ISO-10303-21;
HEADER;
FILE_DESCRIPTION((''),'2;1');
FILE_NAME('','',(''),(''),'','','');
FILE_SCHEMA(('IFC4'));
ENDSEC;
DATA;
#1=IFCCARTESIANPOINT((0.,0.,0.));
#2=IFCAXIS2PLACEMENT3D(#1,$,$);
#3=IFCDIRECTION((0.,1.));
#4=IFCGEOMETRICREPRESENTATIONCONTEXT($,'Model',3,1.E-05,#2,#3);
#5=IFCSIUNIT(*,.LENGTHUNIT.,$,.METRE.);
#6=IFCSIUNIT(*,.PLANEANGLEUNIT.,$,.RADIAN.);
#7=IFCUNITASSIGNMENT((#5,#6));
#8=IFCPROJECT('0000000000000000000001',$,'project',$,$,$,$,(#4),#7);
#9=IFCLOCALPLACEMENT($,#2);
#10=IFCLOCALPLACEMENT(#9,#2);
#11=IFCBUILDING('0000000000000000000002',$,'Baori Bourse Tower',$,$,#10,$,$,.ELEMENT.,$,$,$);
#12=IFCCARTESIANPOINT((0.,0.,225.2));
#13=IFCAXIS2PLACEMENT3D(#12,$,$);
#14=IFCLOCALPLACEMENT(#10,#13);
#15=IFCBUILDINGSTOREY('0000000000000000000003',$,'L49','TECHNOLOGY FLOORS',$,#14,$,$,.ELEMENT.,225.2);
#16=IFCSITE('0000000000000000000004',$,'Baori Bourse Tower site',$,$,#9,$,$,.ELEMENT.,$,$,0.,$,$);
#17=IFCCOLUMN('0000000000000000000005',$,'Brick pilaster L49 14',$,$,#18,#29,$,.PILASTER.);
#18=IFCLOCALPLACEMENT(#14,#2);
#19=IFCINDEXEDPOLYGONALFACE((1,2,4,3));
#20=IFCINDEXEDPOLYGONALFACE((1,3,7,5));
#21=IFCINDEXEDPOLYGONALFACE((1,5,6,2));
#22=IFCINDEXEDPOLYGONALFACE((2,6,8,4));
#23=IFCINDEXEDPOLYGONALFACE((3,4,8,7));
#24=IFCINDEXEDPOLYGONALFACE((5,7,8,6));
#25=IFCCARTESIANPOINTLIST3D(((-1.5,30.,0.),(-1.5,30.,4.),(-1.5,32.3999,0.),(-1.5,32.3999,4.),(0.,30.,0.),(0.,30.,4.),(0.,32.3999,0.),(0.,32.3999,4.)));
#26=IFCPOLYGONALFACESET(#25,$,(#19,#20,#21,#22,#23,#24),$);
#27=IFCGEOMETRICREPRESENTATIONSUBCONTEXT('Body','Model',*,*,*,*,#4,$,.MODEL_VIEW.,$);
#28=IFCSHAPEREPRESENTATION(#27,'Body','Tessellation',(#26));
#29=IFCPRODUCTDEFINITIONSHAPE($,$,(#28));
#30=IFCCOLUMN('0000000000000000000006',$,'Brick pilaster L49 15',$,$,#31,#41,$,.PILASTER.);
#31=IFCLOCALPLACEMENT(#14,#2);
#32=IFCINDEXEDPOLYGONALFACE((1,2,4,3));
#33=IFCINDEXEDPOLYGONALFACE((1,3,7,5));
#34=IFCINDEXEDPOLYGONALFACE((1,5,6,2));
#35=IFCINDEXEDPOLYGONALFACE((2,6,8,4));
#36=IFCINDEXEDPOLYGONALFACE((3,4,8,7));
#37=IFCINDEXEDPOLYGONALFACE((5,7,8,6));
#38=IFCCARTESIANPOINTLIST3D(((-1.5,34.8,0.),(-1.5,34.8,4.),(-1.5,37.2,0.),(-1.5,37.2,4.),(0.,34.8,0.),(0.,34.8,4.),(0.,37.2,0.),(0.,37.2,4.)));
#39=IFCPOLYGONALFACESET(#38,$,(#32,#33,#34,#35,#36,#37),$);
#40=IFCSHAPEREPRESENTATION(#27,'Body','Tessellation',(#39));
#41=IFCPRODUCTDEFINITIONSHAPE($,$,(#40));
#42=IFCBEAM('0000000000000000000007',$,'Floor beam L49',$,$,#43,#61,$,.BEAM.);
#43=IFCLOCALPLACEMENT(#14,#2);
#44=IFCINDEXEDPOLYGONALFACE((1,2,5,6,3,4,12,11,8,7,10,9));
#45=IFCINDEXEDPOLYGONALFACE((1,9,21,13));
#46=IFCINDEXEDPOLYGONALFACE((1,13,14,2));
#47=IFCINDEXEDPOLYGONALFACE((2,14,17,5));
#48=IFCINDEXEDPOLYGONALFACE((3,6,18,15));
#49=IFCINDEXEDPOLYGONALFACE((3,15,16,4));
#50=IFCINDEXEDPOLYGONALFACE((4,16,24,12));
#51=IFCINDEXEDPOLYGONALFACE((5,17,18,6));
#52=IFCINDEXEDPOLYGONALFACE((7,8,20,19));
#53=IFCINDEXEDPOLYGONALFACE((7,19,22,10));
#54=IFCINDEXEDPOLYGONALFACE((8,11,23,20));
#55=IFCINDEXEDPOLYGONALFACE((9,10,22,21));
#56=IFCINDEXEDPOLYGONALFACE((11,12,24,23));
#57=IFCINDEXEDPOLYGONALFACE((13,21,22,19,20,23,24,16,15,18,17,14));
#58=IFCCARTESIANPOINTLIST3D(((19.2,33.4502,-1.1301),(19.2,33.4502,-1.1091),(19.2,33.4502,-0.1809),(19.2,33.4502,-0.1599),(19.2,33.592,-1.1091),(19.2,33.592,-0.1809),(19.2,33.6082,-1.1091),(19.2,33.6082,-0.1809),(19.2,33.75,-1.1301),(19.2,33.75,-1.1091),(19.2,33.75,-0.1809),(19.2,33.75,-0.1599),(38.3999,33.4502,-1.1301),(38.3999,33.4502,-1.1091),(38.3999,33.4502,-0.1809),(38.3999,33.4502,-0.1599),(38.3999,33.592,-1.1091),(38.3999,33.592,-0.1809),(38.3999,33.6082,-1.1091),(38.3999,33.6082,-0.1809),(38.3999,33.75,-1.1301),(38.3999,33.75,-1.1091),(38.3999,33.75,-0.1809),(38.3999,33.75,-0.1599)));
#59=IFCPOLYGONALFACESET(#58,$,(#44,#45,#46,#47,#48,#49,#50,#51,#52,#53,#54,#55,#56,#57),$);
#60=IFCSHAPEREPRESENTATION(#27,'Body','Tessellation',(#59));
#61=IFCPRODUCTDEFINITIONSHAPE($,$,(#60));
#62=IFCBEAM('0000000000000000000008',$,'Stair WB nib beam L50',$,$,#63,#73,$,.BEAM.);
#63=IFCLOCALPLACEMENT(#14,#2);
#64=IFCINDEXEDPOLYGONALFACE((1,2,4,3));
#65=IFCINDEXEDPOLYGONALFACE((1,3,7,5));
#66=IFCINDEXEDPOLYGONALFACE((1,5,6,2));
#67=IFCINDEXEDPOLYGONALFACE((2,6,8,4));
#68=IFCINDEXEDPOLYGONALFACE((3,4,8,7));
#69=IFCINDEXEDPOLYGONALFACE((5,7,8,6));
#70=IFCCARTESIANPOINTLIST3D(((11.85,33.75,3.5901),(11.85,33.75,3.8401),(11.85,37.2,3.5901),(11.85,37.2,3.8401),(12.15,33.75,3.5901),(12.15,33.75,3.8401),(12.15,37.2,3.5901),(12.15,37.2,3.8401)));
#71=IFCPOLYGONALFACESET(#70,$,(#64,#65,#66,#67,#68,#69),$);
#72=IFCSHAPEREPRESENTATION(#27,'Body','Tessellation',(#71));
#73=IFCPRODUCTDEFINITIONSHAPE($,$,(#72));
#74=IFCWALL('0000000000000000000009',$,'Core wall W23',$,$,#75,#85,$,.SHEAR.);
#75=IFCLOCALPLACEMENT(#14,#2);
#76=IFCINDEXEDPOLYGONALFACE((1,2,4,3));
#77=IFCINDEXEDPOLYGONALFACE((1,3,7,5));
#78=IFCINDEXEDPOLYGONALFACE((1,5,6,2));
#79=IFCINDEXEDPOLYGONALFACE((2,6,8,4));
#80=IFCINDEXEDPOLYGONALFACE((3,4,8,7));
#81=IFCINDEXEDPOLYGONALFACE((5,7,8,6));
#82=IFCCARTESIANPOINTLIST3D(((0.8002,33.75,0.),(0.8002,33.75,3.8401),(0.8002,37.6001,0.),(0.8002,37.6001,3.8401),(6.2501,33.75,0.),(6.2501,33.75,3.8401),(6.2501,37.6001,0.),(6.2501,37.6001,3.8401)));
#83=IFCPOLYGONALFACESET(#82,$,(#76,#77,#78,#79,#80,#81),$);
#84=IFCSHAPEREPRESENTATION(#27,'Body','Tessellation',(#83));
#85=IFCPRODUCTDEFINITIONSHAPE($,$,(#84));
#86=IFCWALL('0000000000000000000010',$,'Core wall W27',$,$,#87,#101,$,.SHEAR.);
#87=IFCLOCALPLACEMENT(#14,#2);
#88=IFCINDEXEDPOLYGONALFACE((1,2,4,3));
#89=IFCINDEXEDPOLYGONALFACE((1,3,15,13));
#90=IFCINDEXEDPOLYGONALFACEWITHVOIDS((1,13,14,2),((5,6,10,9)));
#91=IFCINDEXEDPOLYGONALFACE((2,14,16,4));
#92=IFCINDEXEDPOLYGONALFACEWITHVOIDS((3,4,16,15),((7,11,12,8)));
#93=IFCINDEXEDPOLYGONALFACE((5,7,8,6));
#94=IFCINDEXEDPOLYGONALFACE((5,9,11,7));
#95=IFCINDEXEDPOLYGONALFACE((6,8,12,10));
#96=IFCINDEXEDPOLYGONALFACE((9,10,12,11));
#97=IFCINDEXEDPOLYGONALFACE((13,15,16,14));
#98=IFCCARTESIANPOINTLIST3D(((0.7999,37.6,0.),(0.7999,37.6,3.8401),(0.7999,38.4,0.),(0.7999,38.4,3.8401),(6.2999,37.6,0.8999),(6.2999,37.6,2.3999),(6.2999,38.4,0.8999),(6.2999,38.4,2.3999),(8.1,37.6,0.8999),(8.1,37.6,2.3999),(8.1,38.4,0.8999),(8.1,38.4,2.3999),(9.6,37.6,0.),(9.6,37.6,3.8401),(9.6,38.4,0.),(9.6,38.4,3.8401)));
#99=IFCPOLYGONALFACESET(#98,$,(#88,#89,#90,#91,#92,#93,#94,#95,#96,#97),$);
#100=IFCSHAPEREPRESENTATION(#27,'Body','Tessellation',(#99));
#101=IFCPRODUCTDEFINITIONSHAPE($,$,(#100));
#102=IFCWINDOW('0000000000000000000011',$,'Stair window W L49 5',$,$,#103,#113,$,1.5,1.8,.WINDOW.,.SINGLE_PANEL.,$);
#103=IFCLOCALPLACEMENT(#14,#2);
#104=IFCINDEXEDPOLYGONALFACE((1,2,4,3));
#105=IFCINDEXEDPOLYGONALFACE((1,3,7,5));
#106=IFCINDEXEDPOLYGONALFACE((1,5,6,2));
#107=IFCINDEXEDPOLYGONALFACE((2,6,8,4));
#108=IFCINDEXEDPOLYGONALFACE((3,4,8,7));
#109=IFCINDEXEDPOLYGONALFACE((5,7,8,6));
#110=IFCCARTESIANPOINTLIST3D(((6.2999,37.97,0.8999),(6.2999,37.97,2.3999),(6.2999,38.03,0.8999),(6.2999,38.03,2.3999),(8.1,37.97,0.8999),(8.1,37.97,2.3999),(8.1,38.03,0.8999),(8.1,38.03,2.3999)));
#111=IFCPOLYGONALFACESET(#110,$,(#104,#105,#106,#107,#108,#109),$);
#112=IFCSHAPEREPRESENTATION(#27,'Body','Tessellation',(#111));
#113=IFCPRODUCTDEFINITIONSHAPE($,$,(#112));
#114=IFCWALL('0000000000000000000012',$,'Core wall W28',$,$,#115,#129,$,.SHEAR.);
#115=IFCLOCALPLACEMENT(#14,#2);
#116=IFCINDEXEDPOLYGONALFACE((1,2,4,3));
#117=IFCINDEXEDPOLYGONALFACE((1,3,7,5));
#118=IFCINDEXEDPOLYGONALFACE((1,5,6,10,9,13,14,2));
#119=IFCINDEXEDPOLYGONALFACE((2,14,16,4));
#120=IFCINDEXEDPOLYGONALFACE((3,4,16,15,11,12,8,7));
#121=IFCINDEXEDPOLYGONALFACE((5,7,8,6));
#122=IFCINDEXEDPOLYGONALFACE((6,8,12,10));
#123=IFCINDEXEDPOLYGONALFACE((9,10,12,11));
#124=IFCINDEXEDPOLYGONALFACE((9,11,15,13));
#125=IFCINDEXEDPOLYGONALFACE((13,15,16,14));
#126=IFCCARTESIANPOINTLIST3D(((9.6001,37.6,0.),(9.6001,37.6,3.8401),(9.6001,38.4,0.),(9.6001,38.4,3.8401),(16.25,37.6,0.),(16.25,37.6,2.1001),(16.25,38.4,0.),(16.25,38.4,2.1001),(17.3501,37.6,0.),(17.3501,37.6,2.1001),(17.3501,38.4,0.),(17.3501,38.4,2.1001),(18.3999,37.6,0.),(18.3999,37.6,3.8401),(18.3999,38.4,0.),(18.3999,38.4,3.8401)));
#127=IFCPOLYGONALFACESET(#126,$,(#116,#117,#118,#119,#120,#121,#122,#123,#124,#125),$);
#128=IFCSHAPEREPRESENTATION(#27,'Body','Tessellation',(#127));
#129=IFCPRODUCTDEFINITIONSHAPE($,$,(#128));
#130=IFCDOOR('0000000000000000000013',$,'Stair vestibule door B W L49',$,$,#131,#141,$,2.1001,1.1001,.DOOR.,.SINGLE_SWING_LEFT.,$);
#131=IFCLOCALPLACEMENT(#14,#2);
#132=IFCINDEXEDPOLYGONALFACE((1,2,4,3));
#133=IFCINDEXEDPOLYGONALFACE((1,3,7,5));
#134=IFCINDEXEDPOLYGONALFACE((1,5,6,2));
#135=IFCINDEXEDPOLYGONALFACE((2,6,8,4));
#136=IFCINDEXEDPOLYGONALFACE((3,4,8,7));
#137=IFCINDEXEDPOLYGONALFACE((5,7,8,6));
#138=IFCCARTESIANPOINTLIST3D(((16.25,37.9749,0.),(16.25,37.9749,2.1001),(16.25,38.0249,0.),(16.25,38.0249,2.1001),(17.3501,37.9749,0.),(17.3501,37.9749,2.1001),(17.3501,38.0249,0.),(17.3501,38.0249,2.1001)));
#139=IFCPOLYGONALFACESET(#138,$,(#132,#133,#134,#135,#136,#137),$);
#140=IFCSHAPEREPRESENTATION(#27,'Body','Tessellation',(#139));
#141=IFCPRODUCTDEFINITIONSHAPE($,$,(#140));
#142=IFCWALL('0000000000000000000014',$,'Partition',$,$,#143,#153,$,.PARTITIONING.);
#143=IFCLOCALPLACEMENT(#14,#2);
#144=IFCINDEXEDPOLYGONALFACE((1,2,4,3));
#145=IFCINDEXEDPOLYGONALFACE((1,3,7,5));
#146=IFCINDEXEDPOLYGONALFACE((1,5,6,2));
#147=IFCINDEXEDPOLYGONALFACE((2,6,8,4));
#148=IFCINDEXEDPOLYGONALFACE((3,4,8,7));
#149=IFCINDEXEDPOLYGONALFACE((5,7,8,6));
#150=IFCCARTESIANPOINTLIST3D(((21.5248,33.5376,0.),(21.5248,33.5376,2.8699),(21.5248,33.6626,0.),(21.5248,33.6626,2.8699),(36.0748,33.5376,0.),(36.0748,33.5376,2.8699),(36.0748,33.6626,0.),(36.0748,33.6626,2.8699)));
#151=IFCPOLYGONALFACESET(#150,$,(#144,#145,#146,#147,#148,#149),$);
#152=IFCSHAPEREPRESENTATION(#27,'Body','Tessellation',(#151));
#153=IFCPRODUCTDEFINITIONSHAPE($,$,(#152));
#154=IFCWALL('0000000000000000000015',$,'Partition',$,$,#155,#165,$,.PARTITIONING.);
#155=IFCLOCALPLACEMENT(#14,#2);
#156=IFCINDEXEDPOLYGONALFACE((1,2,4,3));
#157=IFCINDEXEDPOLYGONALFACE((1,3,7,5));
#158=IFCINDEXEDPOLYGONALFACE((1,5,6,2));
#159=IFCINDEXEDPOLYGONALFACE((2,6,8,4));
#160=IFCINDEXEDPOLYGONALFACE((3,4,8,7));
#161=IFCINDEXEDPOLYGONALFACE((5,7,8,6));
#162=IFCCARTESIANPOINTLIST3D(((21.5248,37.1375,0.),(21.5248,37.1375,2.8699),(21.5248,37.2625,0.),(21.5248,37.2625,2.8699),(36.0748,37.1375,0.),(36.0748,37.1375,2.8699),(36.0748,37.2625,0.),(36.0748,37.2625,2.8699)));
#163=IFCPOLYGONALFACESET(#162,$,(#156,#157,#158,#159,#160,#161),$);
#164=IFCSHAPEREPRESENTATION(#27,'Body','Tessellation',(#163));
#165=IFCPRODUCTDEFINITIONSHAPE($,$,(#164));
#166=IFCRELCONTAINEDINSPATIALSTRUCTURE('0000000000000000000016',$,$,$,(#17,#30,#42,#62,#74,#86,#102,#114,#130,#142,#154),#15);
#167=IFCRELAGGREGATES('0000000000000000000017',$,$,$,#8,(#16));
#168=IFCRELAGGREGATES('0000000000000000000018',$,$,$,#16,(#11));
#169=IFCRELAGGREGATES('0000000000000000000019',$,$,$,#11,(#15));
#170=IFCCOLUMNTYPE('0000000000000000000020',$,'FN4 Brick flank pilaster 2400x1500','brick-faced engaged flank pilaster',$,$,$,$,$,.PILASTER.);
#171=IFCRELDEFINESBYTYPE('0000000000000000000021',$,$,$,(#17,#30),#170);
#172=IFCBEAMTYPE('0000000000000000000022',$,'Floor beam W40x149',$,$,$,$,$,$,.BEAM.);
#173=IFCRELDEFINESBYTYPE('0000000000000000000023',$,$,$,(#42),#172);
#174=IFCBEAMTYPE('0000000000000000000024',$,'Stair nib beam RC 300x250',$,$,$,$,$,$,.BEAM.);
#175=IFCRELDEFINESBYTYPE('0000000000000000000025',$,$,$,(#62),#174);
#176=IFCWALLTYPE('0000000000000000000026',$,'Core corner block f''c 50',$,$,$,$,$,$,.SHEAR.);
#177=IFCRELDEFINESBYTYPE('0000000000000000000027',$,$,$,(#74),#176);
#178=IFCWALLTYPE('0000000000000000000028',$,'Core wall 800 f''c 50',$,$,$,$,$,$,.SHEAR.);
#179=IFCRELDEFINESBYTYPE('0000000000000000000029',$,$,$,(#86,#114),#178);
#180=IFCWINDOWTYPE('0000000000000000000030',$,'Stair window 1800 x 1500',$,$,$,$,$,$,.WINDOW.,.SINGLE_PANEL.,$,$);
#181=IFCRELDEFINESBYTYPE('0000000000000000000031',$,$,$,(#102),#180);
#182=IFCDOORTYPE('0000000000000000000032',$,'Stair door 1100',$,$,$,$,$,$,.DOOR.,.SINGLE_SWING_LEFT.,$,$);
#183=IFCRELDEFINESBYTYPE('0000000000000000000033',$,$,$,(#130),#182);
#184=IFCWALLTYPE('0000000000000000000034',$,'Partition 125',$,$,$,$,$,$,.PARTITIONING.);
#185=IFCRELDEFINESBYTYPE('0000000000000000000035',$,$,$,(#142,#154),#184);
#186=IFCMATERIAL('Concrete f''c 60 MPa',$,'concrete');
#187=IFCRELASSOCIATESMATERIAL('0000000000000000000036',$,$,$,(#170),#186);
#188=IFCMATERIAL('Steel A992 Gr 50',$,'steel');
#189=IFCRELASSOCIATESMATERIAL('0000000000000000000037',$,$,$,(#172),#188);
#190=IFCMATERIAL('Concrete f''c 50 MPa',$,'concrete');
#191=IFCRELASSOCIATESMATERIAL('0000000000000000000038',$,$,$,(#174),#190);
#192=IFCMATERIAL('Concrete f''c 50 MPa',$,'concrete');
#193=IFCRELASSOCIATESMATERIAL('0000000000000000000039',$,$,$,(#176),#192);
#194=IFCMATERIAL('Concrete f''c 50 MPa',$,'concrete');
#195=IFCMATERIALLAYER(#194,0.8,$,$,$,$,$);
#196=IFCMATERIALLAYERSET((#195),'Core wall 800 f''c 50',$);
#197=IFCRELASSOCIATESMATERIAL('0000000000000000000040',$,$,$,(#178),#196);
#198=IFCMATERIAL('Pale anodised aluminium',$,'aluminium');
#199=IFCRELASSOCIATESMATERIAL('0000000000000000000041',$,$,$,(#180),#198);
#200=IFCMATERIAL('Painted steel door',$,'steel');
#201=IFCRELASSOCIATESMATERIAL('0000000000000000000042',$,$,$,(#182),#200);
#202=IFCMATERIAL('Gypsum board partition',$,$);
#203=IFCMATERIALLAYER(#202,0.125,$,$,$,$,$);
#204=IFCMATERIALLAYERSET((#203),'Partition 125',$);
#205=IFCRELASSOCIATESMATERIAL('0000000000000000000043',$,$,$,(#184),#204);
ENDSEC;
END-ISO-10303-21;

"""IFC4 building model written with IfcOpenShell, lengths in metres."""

from ifc_helpers import new_model, si_unit, direction, frame, frame_2d, origin, origin_2d, place, context, subcontext, project, spatial, rectangle, i_section, extrude, material, layer, layer_set, material_profile, profile_set, type_object, element, fill, save


model = new_model("IFC4")

# Units and contexts
model_context = context("Model", 3, precision=1e-05, world=origin(), true_north=direction((0.0, 1.0)))
body_context = subcontext(model_context, "Body", "Model", "MODEL_VIEW")
ifc_project = project(units=[si_unit("LENGTHUNIT", "METRE"), si_unit("PLANEANGLEUNIT", "RADIAN")], contexts=[model_context])

# Site, building, storey
site_placement = place(None, origin())
site = spatial("IfcSite", under=ifc_project, at=site_placement, Name="Baori Bourse Tower site", CompositionType="ELEMENT", RefElevation=0.0)
building_placement = place(site_placement, origin())
building = spatial("IfcBuilding", under=site, at=building_placement, Name="Baori Bourse Tower", CompositionType="ELEMENT")
storey_placement = place(building_placement, frame((0.0, 0.0, 225.2)))
storey = spatial("IfcBuildingStorey", under=building, at=storey_placement, Name="L49", Description="TECHNOLOGY FLOORS", CompositionType="ELEMENT", Elevation=225.2)

# Columns
ifc_material_1 = material(Name="Concrete f'c 60 MPa", Category="concrete")
ifc_material_profile_1 = material_profile(ifc_material_1, rectangle(XDim=2.3999, YDim=1.5, at=origin_2d()), Name="RC 2400x1500")
ifc_profile_set_1 = profile_set([ifc_material_profile_1], Name="Concrete f'c 60 MPa")
column_type = type_object("IfcColumnType", Name="FN4 Brick flank pilaster 2400x1500", Description="brick-faced engaged flank pilaster", PredefinedType="PILASTER", material=ifc_profile_set_1)
for number, where, z_axis, x_axis, name in (
    (1, (-0.75, 31.2, 0.0), (0.0, 0.0, 1.0), (0.0, 1.0, 0.0), "Brick pilaster L49 14"),
    (2, (-0.75, 36.0, 0.0), (0.0, 0.0, 1.0), (0.0, 1.0, 0.0), "Brick pilaster L49 15"),
):
    element("IfcColumn", number, at=place(storey_placement, frame(where, z_axis=z_axis, x_axis=x_axis)), inside=storey, type_object=column_type, Name=name, PredefinedType="PILASTER", context=body_context, shape_type="SweptSolid", body=[
        extrude(rectangle(XDim=2.3999, YDim=1.5, at=origin_2d()), origin(), (0.0, 0.0, 1.0), 4.0),
    ])

# Beams
ifc_material_2 = material(Name="Steel A992 Gr 50", Category="steel")
ifc_material_profile_2 = material_profile(ifc_material_2, i_section(OverallWidth=0.2998, OverallDepth=0.9702, WebThickness=0.0161, FlangeThickness=0.021, at=origin_2d()), Name="W40x149")
ifc_profile_set_2 = profile_set([ifc_material_profile_2], Name="Steel A992 Gr 50")
beam_type_1 = type_object("IfcBeamType", Name="Floor beam W40x149", PredefinedType="BEAM", material=ifc_profile_set_2)
beam_1_placement = place(storey_placement, frame((19.2, 33.6001, -0.645), z_axis=(1.0, 0.0, 0.0), x_axis=(0.0, 1.0, 0.0)))
element("IfcBeam", 3, at=beam_1_placement, inside=storey, type_object=beam_type_1, Name="Floor beam L49", PredefinedType="BEAM", context=body_context, shape_type="SweptSolid", body=[
    extrude(i_section(OverallWidth=0.2998, OverallDepth=0.9702, WebThickness=0.0161, FlangeThickness=0.021, at=origin_2d()), origin(), (0.0, 0.0, 1.0), 19.2),
])
ifc_material_3 = material(Name="Concrete f'c 50 MPa", Category="concrete")
ifc_material_profile_3 = material_profile(ifc_material_3, rectangle(XDim=0.3, YDim=0.25, at=origin_2d()), Name="RC 300x250")
ifc_profile_set_3 = profile_set([ifc_material_profile_3], Name="Concrete f'c 50 MPa")
beam_type_2 = type_object("IfcBeamType", Name="Stair nib beam RC 300x250", PredefinedType="BEAM", material=ifc_profile_set_3)
beam_2_placement = place(storey_placement, frame((12.0, 33.75, 3.7151), z_axis=(0.0, 1.0, 0.0), x_axis=(-1.0, 0.0, 0.0)))
element("IfcBeam", 4, at=beam_2_placement, inside=storey, type_object=beam_type_2, Name="Stair WB nib beam L50", PredefinedType="BEAM", context=body_context, shape_type="SweptSolid", body=[
    extrude(rectangle(XDim=0.3, YDim=0.25, at=origin_2d()), origin(), (0.0, 0.0, 1.0), 3.45),
])

# Wall
ifc_material_4 = material(Name="Concrete f'c 50 MPa", Category="concrete")
wall_type_1 = type_object("IfcWallType", Name="Core corner block f'c 50", PredefinedType="SHEAR", material=ifc_material_4)
wall_1_placement = place(storey_placement, frame((0.8, 35.675, 0.0), z_axis=(0.0, 0.0, 1.0), x_axis=(1.0, 0.0, 0.0)))
element("IfcWall", 5, at=wall_1_placement, inside=storey, type_object=wall_type_1, Name="Core wall W23", PredefinedType="SHEAR", context=body_context, shape_type="SweptSolid", body=[
    extrude(rectangle(XDim=5.45, YDim=3.8501, at=frame_2d((2.7251, 0.0))), origin(), (0.0, 0.0, 1.0), 3.8401),
])

# Wall, opening, window
ifc_material_5 = material(Name="Concrete f'c 50 MPa", Category="concrete")
ifc_layer_1 = layer(ifc_material_5, 0.8)
ifc_layer_set_1 = layer_set([ifc_layer_1], Name="Core wall 800 f'c 50")
wall_type_2 = type_object("IfcWallType", Name="Core wall 800 f'c 50", PredefinedType="SHEAR", material=ifc_layer_set_1)
wall_2_placement = place(storey_placement, frame((0.8, 38.0, 0.0), z_axis=(0.0, 0.0, 1.0), x_axis=(1.0, 0.0, 0.0)))
wall_2 = element("IfcWall", 6, at=wall_2_placement, inside=storey, type_object=wall_type_2, Name="Core wall W27", PredefinedType="SHEAR", context=body_context, shape_type="SweptSolid", body=[
    extrude(rectangle(XDim=8.8, YDim=0.8, at=frame_2d((4.3999, 0.0))), origin(), (0.0, 0.0, 1.0), 3.8401),
])
opening_1_placement = place(wall_2_placement, frame((5.5, 0.0, 0.8999)))
opening_1 = element("IfcOpeningElement", 7, at=opening_1_placement, cuts=wall_2, PredefinedType="OPENING", context=body_context, shape_type="SweptSolid", body=[
    extrude(rectangle(XDim=1.8, YDim=1.5, at=frame_2d((0.8999, 0.75))), frame((0.0, 0.4099, 0.0), z_axis=(0.0, -1.0, 0.0), x_axis=(1.0, 0.0, 0.0)), (0.0, 0.0, 1.0), 0.8201),
])
ifc_material_6 = material(Name="Pale anodised aluminium", Category="aluminium")
window_type = type_object("IfcWindowType", Name="Stair window 1800 x 1500", PartitioningType="SINGLE_PANEL", PredefinedType="WINDOW", material=ifc_material_6)
window_placement = place(opening_1_placement, origin())
window = element("IfcWindow", 8, at=window_placement, inside=storey, type_object=window_type, Name="Stair window W L49 5", OverallHeight=1.5, OverallWidth=1.8, PartitioningType="SINGLE_PANEL", PredefinedType="WINDOW", context=body_context, shape_type="SweptSolid", body=[
    extrude(rectangle(XDim=1.8, YDim=1.5, at=frame_2d((0.8999, 0.75))), frame((0.0, 0.03, 0.0), z_axis=(0.0, -1.0, 0.0), x_axis=(1.0, 0.0, 0.0)), (0.0, 0.0, 1.0), 0.0601),
])
fill(opening_1, window)

# Wall, opening, door
wall_3_placement = place(storey_placement, frame((9.6001, 38.0, 0.0), z_axis=(0.0, 0.0, 1.0), x_axis=(1.0, 0.0, 0.0)))
wall_3 = element("IfcWall", 9, at=wall_3_placement, inside=storey, type_object=wall_type_2, Name="Core wall W28", PredefinedType="SHEAR", context=body_context, shape_type="SweptSolid", body=[
    extrude(rectangle(XDim=8.7998, YDim=0.8, at=frame_2d((4.3999, 0.0))), origin(), (0.0, 0.0, 1.0), 3.8401),
])
opening_2_placement = place(wall_3_placement, frame((6.6499, 0.0, 0.0)))
opening_2 = element("IfcOpeningElement", 10, at=opening_2_placement, cuts=wall_3, PredefinedType="OPENING", context=body_context, shape_type="SweptSolid", body=[
    extrude(rectangle(XDim=1.1001, YDim=2.1001, at=frame_2d((0.55, 1.05))), frame((0.0, 0.4099, 0.0), z_axis=(0.0, -1.0, 0.0), x_axis=(1.0, 0.0, 0.0)), (0.0, 0.0, 1.0), 0.8201),
])
ifc_material_7 = material(Name="Painted steel door", Category="steel")
door_type_1 = type_object("IfcDoorType", Name="Stair door 1100", OperationType="SINGLE_SWING_LEFT", PredefinedType="DOOR", material=ifc_material_7)
door_1_placement = place(opening_2_placement, origin())
door_1 = element("IfcDoor", 11, at=door_1_placement, inside=storey, type_object=door_type_1, Name="Stair vestibule door B W L49", OperationType="SINGLE_SWING_LEFT", OverallHeight=2.1001, OverallWidth=1.1001, PredefinedType="DOOR", context=body_context, shape_type="SweptSolid", body=[
    extrude(rectangle(XDim=1.1001, YDim=2.1001, at=frame_2d((0.55, 1.05))), frame((0.0, 0.0249, 0.0), z_axis=(0.0, -1.0, 0.0), x_axis=(1.0, 0.0, 0.0)), (0.0, 0.0, 1.0), 0.05),
])
fill(opening_2, door_1)

# Walls
ifc_material_8 = material(Name="Gypsum board partition")
ifc_layer_2 = layer(ifc_material_8, 0.125)
ifc_layer_set_2 = layer_set([ifc_layer_2], Name="Partition 125")
wall_type_3 = type_object("IfcWallType", Name="Partition 125", PredefinedType="PARTITIONING", material=ifc_layer_set_2)
for number, where, z_axis, x_axis, name in (
    (12, (21.5249, 33.6001, 0.0), (0.0, 0.0, 1.0), (1.0, 0.0, 0.0), "Partition"),
    (13, (21.5249, 37.2, 0.0), (0.0, 0.0, 1.0), (1.0, 0.0, 0.0), "Partition"),
):
    element("IfcWall", number, at=place(storey_placement, frame(where, z_axis=z_axis, x_axis=x_axis)), inside=storey, type_object=wall_type_3, Name=name, PredefinedType="PARTITIONING", context=body_context, shape_type="SweptSolid", body=[
        extrude(rectangle(XDim=14.55, YDim=0.125, at=frame_2d((7.2749, 0.0))), origin(), (0.0, 0.0, 1.0), 2.8699),
    ])

save(model, "model.ifc")
